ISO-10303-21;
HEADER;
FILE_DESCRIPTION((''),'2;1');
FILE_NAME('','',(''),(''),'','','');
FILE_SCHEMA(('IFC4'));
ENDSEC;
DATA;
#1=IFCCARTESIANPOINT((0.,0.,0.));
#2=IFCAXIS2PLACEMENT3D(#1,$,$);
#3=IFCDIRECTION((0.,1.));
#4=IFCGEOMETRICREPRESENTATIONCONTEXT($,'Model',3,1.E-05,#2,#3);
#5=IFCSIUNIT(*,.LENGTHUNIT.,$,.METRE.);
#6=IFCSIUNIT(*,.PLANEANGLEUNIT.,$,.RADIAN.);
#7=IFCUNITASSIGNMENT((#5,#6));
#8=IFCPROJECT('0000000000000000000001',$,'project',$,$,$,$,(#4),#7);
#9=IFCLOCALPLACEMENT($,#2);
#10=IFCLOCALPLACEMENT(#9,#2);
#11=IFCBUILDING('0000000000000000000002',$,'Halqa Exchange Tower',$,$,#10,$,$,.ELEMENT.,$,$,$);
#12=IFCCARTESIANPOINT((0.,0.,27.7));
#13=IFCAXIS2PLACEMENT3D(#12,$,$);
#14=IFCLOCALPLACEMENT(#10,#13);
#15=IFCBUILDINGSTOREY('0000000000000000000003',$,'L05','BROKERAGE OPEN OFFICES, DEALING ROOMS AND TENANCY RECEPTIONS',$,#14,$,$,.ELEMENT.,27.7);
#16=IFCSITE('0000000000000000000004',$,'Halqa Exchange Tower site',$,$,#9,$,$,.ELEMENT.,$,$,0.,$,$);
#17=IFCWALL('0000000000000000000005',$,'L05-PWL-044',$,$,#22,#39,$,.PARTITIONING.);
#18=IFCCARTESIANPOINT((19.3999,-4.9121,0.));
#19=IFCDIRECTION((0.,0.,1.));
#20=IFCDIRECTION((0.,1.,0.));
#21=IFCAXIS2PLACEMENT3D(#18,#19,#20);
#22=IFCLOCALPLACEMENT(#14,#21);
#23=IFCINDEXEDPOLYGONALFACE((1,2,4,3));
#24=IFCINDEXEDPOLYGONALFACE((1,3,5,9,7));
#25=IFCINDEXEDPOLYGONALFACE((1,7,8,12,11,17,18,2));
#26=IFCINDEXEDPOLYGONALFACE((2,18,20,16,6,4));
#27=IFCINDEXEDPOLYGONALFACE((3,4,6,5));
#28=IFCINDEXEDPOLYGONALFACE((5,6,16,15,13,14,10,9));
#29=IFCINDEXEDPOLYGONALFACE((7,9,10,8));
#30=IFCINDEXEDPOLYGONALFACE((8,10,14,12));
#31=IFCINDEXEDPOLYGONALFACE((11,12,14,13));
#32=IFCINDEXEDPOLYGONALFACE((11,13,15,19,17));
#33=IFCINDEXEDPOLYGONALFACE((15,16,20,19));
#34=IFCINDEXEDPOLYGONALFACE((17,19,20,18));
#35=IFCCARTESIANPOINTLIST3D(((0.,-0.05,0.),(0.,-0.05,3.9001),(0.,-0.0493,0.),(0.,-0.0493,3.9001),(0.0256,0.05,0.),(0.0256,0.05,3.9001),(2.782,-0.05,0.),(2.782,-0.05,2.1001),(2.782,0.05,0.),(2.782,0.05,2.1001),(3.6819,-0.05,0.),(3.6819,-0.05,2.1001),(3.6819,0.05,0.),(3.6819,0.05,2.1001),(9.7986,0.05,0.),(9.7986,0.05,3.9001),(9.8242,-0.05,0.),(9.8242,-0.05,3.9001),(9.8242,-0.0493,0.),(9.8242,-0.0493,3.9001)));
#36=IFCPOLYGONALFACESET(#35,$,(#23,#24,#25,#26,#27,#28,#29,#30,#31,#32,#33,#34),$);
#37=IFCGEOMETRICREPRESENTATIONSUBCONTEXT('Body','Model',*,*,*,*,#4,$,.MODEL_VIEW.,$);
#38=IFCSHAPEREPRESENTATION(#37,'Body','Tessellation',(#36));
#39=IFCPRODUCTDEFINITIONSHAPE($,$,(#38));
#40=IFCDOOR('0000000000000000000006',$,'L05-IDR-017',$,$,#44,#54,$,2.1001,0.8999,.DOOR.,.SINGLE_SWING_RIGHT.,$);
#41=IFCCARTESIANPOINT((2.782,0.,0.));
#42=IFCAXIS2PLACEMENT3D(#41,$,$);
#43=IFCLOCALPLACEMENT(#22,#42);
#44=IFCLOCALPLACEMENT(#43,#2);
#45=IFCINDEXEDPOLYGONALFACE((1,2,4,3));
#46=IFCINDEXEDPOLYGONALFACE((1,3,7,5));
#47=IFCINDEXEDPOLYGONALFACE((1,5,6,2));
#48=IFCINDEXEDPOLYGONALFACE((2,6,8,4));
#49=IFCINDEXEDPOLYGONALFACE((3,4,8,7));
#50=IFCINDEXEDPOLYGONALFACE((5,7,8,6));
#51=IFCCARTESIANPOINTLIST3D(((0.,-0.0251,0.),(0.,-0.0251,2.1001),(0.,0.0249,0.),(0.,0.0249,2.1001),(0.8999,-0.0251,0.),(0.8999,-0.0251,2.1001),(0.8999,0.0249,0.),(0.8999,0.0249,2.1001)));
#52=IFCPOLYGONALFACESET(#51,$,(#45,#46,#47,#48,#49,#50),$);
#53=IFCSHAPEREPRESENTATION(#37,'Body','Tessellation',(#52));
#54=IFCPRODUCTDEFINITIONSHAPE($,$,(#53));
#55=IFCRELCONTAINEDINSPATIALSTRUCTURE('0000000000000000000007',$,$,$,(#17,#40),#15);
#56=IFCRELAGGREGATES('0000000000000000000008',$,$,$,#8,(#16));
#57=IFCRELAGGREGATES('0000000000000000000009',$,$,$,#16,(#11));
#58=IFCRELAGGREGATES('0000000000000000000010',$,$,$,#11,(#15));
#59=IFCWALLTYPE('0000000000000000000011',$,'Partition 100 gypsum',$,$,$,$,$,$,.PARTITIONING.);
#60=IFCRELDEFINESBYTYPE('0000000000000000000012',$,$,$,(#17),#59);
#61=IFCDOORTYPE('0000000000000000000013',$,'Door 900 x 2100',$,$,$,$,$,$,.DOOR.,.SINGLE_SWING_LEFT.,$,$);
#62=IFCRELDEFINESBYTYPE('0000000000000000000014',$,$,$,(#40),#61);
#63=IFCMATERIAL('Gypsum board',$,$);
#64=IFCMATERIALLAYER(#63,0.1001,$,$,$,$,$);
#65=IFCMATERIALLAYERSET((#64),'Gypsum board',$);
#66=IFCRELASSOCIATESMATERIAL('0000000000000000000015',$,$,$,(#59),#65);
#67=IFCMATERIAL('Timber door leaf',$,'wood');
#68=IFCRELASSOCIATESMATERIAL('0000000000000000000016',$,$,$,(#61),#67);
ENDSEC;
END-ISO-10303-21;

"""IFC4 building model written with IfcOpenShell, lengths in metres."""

from ifc_helpers import new_model, si_unit, direction, frame, frame_2d, origin, place, context, subcontext, project, spatial, polyline, rectangle, outline, extrude, material, layer, layer_set, type_object, element, fill, save


model = new_model("IFC4")

# Units and contexts
model_context = context("Model", 3, precision=1e-05, world=origin(), true_north=direction((0.0, 1.0)))
body_context = subcontext(model_context, "Body", "Model", "MODEL_VIEW")
ifc_project = project(units=[si_unit("LENGTHUNIT", "METRE"), si_unit("PLANEANGLEUNIT", "RADIAN")], contexts=[model_context])

# Site, building, storey
site_placement = place(None, origin())
site = spatial("IfcSite", under=ifc_project, at=site_placement, Name="Halqa Exchange Tower site", CompositionType="ELEMENT", RefElevation=0.0)
building_placement = place(site_placement, origin())
building = spatial("IfcBuilding", under=site, at=building_placement, Name="Halqa Exchange Tower", CompositionType="ELEMENT")
storey_placement = place(building_placement, frame((0.0, 0.0, 27.7)))
storey = spatial("IfcBuildingStorey", under=building, at=storey_placement, Name="L05", Description="BROKERAGE OPEN OFFICES, DEALING ROOMS AND TENANCY RECEPTIONS", CompositionType="ELEMENT", Elevation=27.7)

# Wall, opening, door
ifc_material_1 = material(Name="Gypsum board")
ifc_layer_1 = layer(ifc_material_1, 0.1001)
ifc_layer_set_1 = layer_set([ifc_layer_1], Name="Gypsum board")
wall_type_1 = type_object("IfcWallType", Name="Partition 100 gypsum", PredefinedType="PARTITIONING", material=ifc_layer_set_1)
wall_1_placement = place(storey_placement, frame((19.3999, -4.9121, 0.0), z_axis=(0.0, 0.0, 1.0), x_axis=(0.0, 1.0, 0.0)))
wall_1 = element("IfcWall", 1, at=wall_1_placement, inside=storey, type_object=wall_type_1, Name="L05-PWL-044", PredefinedType="PARTITIONING", context=body_context, shape_type="SweptSolid", body=[
    extrude(outline(polyline([(9.8242, -0.05), (9.8242, -0.0493), (9.7986, 0.05), (7.844, 0.05), (5.8894, 0.05), (3.9348, 0.05), (1.9802, 0.05), (0.0256, 0.05), (0.0, -0.0493), (0.0, -0.05), (1.9648, -0.05), (3.9297, -0.05), (5.8945, -0.05), (7.8594, -0.05), (9.8242, -0.05)])), origin(), (0.0, 0.0, 1.0), 3.9001),
])
opening_1_placement = place(wall_1_placement, frame((2.782, 0.0, 0.0)))
opening_1 = element("IfcOpeningElement", 2, at=opening_1_placement, cuts=wall_1, PredefinedType="OPENING", context=body_context, shape_type="SweptSolid", body=[
    extrude(rectangle(XDim=0.8999, YDim=2.1001, at=frame_2d((0.45, 1.05))), frame((0.0, 0.062, 0.0), z_axis=(0.0, -1.0, 0.0), x_axis=(1.0, 0.0, 0.0)), (0.0, 0.0, 1.0), 0.124),
])
ifc_material_2 = material(Name="Timber door leaf", Category="wood")
door_type_1 = type_object("IfcDoorType", Name="Door 900 x 2100", OperationType="SINGLE_SWING_LEFT", PredefinedType="DOOR", material=ifc_material_2)
door_1_placement = place(opening_1_placement, origin())
door_1 = element("IfcDoor", 3, at=door_1_placement, inside=storey, type_object=door_type_1, Name="L05-IDR-017", OperationType="SINGLE_SWING_RIGHT", OverallHeight=2.1001, OverallWidth=0.8999, PredefinedType="DOOR", context=body_context, shape_type="SweptSolid", body=[
    extrude(rectangle(XDim=0.8999, YDim=2.1001, at=frame_2d((0.45, 1.05))), frame((0.0, 0.0249, 0.0), z_axis=(0.0, -1.0, 0.0), x_axis=(1.0, 0.0, 0.0)), (0.0, 0.0, 1.0), 0.05),
])
fill(opening_1, door_1)

save(model, "model.ifc")
